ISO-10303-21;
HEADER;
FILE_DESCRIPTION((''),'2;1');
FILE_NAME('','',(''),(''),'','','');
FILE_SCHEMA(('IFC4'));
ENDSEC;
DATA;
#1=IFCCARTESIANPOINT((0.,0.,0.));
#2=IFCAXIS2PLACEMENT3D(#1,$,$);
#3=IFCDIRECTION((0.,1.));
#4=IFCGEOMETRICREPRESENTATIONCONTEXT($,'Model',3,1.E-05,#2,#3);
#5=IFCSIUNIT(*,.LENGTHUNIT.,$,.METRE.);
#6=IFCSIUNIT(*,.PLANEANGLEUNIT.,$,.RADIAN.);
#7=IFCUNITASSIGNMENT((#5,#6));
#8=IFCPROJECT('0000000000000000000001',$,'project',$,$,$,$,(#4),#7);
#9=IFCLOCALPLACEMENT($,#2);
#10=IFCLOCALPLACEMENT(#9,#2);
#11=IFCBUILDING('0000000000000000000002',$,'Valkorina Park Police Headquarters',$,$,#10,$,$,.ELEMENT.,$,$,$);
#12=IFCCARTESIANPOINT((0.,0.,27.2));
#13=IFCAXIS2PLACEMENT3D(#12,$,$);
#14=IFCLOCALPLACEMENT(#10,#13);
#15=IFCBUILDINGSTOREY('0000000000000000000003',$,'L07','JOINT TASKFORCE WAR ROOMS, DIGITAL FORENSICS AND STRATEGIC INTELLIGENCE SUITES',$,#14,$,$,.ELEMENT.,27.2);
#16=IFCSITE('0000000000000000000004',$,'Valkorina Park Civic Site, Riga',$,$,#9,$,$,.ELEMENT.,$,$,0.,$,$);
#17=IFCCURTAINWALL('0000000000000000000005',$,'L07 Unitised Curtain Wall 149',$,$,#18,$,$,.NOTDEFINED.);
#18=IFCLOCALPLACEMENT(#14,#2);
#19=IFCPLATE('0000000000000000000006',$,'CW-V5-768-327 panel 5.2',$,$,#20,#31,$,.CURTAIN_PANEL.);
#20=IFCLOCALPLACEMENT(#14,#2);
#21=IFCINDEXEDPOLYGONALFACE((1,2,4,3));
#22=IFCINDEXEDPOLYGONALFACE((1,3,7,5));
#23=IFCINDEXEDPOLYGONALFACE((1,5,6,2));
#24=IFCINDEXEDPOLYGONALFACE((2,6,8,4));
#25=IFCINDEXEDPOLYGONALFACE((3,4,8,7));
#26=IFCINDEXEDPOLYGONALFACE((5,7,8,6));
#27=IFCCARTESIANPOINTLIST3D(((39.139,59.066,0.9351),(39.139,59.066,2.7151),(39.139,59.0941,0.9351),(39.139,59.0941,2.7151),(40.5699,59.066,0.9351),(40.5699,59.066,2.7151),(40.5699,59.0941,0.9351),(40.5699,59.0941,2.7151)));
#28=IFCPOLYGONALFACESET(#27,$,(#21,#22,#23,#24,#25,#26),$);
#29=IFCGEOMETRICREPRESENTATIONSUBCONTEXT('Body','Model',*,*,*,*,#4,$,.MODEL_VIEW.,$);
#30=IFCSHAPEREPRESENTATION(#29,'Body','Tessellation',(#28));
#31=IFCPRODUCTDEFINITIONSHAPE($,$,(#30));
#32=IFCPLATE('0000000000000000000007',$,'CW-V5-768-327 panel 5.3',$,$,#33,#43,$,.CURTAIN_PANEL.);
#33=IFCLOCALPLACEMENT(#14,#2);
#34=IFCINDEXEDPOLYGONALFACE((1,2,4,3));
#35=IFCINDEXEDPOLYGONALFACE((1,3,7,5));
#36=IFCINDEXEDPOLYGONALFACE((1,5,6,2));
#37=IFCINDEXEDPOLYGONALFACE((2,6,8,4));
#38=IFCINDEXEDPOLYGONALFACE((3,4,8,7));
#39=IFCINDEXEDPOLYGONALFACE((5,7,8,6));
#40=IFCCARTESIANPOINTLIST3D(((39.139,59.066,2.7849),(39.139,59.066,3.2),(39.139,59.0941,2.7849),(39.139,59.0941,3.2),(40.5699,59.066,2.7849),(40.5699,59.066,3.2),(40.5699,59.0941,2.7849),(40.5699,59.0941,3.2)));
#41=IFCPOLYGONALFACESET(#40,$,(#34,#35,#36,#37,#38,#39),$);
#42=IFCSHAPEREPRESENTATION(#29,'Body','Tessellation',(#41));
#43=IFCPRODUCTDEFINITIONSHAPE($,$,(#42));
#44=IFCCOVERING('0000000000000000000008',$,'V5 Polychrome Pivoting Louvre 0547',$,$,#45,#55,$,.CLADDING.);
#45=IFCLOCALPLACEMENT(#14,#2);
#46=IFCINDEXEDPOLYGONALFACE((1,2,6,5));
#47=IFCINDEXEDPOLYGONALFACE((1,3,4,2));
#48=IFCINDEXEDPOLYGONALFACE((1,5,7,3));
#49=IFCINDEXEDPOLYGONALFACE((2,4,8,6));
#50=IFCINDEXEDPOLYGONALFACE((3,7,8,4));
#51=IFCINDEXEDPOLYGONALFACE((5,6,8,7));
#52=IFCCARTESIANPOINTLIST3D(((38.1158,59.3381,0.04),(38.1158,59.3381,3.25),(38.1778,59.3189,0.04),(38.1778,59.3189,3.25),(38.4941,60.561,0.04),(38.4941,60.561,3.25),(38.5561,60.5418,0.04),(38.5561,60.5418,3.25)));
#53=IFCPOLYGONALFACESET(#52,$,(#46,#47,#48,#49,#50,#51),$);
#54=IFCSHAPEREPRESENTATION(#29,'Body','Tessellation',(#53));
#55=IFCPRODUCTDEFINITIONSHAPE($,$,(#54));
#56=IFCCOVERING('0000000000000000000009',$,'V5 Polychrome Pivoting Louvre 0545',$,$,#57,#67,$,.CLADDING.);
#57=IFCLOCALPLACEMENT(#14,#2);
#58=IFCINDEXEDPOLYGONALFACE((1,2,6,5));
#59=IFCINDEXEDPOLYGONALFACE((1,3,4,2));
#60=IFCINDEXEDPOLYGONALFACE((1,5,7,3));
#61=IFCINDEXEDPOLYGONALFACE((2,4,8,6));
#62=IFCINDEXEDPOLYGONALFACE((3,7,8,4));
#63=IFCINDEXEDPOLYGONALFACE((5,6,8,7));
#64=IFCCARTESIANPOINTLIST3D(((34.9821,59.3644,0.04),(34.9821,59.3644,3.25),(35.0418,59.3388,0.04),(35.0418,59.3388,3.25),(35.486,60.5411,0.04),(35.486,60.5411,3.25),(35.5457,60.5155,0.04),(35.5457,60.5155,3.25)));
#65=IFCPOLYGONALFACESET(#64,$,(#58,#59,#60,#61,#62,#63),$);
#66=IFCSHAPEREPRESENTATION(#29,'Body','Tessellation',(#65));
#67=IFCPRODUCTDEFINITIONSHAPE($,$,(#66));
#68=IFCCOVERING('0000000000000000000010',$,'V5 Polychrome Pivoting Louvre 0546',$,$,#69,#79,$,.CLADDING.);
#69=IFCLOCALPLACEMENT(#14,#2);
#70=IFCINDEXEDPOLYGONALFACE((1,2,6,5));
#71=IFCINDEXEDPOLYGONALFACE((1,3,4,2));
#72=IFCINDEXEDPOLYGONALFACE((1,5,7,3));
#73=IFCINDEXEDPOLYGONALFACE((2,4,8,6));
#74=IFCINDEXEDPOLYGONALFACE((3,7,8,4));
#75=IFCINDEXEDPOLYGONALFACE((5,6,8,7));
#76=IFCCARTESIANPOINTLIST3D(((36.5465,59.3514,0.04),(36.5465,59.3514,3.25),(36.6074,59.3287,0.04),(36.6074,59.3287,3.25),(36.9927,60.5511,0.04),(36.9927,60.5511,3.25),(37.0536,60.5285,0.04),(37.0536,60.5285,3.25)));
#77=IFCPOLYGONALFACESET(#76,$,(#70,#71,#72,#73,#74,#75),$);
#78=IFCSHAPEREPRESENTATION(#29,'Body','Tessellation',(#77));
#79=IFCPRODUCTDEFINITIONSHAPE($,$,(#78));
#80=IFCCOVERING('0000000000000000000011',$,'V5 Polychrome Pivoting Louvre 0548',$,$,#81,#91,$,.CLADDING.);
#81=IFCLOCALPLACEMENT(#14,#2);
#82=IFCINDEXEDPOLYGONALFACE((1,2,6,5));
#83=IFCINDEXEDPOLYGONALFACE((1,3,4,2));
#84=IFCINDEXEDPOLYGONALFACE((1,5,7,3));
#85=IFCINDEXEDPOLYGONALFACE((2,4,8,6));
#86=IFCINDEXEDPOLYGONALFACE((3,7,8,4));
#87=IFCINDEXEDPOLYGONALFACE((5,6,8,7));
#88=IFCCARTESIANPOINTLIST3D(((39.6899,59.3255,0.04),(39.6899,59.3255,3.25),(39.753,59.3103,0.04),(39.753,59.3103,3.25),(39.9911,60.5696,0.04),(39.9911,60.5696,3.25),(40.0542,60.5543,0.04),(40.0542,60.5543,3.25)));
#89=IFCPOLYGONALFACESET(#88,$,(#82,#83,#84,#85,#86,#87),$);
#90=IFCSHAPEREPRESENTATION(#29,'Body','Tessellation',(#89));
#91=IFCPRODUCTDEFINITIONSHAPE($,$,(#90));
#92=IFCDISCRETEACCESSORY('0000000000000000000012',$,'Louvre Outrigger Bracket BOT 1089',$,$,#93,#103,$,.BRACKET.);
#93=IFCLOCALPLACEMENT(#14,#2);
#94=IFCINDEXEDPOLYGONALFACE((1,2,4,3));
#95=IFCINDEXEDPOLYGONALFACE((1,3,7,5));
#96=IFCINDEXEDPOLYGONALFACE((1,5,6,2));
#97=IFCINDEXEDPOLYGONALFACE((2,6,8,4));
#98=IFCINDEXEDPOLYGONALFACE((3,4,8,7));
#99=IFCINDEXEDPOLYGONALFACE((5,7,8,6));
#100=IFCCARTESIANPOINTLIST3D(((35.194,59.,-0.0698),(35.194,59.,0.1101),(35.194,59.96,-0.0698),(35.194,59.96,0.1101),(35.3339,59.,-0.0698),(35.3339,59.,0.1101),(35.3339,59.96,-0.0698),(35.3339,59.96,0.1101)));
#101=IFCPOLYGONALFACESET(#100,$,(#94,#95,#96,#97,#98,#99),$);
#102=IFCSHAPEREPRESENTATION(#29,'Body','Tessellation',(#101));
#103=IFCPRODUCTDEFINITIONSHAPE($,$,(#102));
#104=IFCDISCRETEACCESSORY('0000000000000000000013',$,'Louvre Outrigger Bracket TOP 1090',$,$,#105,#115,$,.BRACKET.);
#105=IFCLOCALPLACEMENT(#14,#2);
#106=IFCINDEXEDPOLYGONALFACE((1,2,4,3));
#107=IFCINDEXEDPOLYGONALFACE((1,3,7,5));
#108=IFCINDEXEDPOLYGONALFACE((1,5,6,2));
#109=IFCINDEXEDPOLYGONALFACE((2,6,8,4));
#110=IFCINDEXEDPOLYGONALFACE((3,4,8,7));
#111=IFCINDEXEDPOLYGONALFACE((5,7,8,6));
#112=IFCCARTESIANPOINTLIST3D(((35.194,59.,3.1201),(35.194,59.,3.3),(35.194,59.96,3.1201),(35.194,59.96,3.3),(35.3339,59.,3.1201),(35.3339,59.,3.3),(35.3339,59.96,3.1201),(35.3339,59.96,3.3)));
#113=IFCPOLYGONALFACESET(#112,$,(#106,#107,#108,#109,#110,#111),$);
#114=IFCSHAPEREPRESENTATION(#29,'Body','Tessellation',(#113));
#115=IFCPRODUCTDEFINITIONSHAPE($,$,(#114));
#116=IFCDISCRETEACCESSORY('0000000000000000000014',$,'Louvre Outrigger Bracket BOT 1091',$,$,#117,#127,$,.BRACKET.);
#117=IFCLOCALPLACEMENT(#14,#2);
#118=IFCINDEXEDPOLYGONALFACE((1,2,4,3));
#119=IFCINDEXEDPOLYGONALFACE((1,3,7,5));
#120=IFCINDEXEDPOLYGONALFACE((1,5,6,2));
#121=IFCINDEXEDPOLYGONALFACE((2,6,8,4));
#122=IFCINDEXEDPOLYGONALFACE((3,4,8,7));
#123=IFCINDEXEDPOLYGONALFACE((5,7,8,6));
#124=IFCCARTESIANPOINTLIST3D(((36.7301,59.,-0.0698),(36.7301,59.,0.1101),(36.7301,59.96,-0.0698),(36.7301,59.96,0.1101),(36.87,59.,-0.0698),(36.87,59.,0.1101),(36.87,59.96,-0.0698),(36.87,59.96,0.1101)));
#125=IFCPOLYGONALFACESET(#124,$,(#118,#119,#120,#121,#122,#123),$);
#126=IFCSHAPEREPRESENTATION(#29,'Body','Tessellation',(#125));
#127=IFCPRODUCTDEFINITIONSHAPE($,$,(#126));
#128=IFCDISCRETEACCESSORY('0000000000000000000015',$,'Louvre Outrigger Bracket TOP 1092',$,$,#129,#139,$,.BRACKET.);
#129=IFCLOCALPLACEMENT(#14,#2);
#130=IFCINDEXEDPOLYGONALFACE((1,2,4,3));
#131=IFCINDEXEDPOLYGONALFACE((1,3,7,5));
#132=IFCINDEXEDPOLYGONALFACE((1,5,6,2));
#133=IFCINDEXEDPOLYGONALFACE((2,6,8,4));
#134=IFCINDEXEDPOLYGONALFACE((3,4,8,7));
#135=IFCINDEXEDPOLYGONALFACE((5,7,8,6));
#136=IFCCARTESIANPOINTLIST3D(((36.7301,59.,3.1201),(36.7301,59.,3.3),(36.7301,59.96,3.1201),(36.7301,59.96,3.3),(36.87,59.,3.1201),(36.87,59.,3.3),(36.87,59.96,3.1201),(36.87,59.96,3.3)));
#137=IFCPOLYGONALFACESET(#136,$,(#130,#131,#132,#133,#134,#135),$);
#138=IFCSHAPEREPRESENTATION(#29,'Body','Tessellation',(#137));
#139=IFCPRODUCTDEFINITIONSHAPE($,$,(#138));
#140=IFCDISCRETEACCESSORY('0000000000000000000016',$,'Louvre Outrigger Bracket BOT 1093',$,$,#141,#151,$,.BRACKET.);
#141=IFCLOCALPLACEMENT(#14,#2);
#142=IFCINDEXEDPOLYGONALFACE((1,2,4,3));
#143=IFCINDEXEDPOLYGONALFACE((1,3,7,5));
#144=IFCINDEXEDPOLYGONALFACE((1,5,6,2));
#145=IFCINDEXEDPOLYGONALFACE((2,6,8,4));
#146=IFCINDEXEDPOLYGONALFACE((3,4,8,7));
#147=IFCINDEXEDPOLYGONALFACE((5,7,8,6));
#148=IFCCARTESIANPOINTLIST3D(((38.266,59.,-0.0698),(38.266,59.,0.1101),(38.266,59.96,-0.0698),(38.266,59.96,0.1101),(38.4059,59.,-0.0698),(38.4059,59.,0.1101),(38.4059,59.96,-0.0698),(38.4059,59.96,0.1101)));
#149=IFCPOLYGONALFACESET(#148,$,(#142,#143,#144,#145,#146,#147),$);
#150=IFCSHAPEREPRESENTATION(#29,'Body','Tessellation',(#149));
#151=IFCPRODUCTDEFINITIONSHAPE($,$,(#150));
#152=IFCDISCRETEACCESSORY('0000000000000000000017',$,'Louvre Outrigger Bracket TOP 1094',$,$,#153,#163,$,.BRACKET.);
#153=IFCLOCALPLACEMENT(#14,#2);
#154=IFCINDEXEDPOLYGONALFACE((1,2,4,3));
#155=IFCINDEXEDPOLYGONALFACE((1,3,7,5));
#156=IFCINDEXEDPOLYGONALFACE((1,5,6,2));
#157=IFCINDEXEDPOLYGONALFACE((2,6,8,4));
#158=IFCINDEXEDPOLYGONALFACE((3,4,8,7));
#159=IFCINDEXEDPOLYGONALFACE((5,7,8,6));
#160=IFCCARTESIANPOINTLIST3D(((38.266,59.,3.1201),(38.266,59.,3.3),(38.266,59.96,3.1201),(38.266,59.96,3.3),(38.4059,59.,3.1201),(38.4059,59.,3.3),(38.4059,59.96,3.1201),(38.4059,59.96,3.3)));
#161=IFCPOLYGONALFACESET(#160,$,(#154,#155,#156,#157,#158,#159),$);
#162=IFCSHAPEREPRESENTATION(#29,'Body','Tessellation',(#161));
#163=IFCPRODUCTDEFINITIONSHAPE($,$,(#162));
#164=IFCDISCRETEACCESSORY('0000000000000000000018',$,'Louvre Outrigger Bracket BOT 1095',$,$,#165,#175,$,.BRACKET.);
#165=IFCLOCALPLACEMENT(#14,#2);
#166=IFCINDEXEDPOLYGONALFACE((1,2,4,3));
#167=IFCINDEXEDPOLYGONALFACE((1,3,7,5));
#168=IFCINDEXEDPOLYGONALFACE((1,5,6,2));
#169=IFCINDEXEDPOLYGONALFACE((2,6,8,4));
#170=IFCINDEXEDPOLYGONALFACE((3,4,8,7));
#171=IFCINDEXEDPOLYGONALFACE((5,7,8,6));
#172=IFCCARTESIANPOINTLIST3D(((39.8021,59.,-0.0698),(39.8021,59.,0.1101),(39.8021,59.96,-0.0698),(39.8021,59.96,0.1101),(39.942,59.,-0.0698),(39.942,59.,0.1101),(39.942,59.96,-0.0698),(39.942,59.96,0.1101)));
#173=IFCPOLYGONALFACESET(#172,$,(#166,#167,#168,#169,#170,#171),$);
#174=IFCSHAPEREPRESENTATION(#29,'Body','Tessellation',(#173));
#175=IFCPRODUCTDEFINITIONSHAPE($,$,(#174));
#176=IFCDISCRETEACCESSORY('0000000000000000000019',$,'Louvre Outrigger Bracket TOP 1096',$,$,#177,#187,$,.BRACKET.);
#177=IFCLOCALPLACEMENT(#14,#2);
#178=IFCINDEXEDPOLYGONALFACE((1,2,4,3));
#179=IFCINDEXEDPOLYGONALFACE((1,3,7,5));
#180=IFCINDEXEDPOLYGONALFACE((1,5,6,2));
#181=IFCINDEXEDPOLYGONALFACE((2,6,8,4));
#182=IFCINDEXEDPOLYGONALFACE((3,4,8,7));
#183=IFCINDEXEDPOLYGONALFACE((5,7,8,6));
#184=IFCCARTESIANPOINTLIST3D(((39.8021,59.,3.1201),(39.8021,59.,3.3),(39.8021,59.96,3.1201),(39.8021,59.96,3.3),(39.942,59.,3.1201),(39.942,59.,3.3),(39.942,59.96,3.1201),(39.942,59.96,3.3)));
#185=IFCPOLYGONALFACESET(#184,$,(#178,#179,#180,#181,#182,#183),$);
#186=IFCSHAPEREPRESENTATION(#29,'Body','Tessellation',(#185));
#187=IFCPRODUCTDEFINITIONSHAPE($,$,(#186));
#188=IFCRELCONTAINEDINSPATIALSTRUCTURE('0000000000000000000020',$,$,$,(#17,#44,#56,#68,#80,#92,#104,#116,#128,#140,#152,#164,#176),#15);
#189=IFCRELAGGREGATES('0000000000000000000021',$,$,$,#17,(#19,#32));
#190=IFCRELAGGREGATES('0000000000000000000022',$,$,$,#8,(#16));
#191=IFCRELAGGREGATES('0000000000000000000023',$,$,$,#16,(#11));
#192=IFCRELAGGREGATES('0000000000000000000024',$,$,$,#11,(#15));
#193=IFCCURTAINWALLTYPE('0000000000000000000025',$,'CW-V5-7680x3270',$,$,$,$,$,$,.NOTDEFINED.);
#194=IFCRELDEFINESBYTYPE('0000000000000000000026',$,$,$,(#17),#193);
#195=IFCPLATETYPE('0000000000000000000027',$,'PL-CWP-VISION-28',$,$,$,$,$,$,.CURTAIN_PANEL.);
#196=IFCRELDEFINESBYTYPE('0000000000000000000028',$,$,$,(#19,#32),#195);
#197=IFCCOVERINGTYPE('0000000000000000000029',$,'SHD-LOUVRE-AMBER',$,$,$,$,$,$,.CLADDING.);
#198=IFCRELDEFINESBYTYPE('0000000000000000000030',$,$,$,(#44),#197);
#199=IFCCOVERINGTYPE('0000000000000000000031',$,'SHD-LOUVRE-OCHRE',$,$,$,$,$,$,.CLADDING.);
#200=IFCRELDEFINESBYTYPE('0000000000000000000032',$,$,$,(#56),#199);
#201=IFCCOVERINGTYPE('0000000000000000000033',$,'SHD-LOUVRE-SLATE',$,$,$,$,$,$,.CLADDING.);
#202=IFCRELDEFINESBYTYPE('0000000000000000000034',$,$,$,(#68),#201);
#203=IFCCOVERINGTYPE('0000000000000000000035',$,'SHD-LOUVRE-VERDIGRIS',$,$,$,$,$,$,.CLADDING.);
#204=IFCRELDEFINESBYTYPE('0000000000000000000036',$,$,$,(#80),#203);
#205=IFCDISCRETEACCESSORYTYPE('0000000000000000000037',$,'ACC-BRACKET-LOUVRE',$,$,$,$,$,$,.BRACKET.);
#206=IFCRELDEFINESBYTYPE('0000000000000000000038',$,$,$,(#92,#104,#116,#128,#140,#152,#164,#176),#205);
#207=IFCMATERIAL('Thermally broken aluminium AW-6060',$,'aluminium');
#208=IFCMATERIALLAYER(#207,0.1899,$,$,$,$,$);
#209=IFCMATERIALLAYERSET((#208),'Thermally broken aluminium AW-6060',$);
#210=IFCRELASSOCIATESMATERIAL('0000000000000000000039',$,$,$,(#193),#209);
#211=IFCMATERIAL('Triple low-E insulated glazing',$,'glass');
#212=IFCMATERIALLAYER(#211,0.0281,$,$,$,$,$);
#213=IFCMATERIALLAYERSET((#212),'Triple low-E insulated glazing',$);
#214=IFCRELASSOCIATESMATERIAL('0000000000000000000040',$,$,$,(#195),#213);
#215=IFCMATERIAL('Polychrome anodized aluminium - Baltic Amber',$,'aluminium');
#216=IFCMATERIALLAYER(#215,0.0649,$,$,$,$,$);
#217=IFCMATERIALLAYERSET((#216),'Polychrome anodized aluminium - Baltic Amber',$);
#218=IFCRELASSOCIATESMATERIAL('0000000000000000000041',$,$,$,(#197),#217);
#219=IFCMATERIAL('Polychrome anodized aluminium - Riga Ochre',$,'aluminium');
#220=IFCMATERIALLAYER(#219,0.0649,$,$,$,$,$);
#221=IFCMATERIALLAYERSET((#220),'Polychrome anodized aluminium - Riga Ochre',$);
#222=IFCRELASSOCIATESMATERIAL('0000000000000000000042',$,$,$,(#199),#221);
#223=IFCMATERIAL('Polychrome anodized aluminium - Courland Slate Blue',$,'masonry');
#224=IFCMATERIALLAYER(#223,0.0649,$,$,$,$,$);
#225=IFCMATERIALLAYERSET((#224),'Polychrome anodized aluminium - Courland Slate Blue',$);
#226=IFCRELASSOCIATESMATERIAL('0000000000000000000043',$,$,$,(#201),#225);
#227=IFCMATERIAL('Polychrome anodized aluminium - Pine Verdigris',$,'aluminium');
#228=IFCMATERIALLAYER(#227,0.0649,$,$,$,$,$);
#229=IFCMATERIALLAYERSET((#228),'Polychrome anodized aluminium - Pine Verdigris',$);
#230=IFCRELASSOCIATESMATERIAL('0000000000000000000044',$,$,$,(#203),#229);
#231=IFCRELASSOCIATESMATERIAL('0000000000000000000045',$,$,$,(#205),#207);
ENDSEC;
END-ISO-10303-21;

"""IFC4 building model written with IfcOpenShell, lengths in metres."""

from ifc_helpers import new_model, si_unit, direction, frame, origin, origin_2d, place, context, subcontext, project, spatial, rectangle, extrude, material, layer, layer_set, type_object, element, aggregate, save


model = new_model("IFC4")

# Units and contexts
model_context = context("Model", 3, precision=1e-05, world=origin(), true_north=direction((0.0, 1.0)))
body_context = subcontext(model_context, "Body", "Model", "MODEL_VIEW")
ifc_project = project(units=[si_unit("LENGTHUNIT", "METRE"), si_unit("PLANEANGLEUNIT", "RADIAN")], contexts=[model_context])

# Site, building, storey
site_placement = place(None, origin())
site = spatial("IfcSite", under=ifc_project, at=site_placement, Name="Valkorina Park Civic Site, Riga", CompositionType="ELEMENT", RefElevation=0.0)
building_placement = place(site_placement, origin())
building = spatial("IfcBuilding", under=site, at=building_placement, Name="Valkorina Park Police Headquarters", CompositionType="ELEMENT")
storey_placement = place(building_placement, frame((0.0, 0.0, 27.2)))
storey = spatial("IfcBuildingStorey", under=building, at=storey_placement, Name="L07", Description="JOINT TASKFORCE WAR ROOMS, DIGITAL FORENSICS AND STRATEGIC INTELLIGENCE SUITES", CompositionType="ELEMENT", Elevation=27.2)

# Curtain wall, plates
ifc_material_1 = material(Name="Thermally broken aluminium AW-6060", Category="aluminium")
ifc_layer_1 = layer(ifc_material_1, 0.1899)
ifc_layer_set_1 = layer_set([ifc_layer_1], Name="Thermally broken aluminium AW-6060")
curtain_wall_type = type_object("IfcCurtainWallType", Name="CW-V5-7680x3270", PredefinedType="NOTDEFINED", material=ifc_layer_set_1)
curtain_wall_placement = place(storey_placement, origin())
curtain_wall = element("IfcCurtainWall", 1, at=curtain_wall_placement, inside=storey, type_object=curtain_wall_type, Name="L07 Unitised Curtain Wall 149", PredefinedType="NOTDEFINED")
ifc_material_2 = material(Name="Triple low-E insulated glazing", Category="glass")
ifc_layer_2 = layer(ifc_material_2, 0.0281)
ifc_layer_set_2 = layer_set([ifc_layer_2], Name="Triple low-E insulated glazing")
plate_type_1 = type_object("IfcPlateType", Name="PL-CWP-VISION-28", PredefinedType="CURTAIN_PANEL", material=ifc_layer_set_2)
plate_1_placement = place(storey_placement, frame((39.8545, 59.0801, 0.9351), z_axis=(0.0, 0.0, 1.0), x_axis=(1.0, 0.0, 0.0)))
plate_1 = element("IfcPlate", 2, at=plate_1_placement, type_object=plate_type_1, Name="CW-V5-768-327 panel 5.2", PredefinedType="CURTAIN_PANEL", context=body_context, shape_type="SweptSolid", body=[
    extrude(rectangle(XDim=1.4309, YDim=0.0281, at=origin_2d()), origin(), (0.0, 0.0, 1.0), 1.78),
])
plate_2_placement = place(storey_placement, frame((39.8545, 59.0801, 2.7849), z_axis=(0.0, 0.0, 1.0), x_axis=(1.0, 0.0, 0.0)))
plate_2 = element("IfcPlate", 3, at=plate_2_placement, type_object=plate_type_1, Name="CW-V5-768-327 panel 5.3", PredefinedType="CURTAIN_PANEL", context=body_context, shape_type="SweptSolid", body=[
    extrude(rectangle(XDim=1.4309, YDim=0.0281, at=origin_2d()), origin(), (0.0, 0.0, 1.0), 0.415),
])
aggregate(curtain_wall, [plate_1, plate_2])

# Coverings
ifc_material_3 = material(Name="Polychrome anodized aluminium - Baltic Amber", Category="aluminium")
ifc_layer_3 = layer(ifc_material_3, 0.0649)
ifc_layer_set_3 = layer_set([ifc_layer_3], Name="Polychrome anodized aluminium - Baltic Amber")
covering_type_1 = type_object("IfcCoveringType", Name="SHD-LOUVRE-AMBER", PredefinedType="CLADDING", material=ifc_layer_set_3)
covering_1_placement = place(storey_placement, frame((38.3359, 59.9399, 0.04), z_axis=(0.0, 0.0, 1.0), x_axis=(0.295541, 0.95533, 0.0)))
element("IfcCovering", 4, at=covering_1_placement, inside=storey, type_object=covering_type_1, Name="V5 Polychrome Pivoting Louvre 0547", PredefinedType="CLADDING", context=body_context, shape_type="SweptSolid", body=[
    extrude(rectangle(XDim=1.28, YDim=0.0649, at=origin_2d()), origin(), (0.0, 0.0, 1.0), 3.21),
])
ifc_material_4 = material(Name="Polychrome anodized aluminium - Riga Ochre", Category="aluminium")
ifc_layer_4 = layer(ifc_material_4, 0.0649)
ifc_layer_set_4 = layer_set([ifc_layer_4], Name="Polychrome anodized aluminium - Riga Ochre")
covering_type_2 = type_object("IfcCoveringType", Name="SHD-LOUVRE-OCHRE", PredefinedType="CLADDING", material=ifc_layer_set_4)
covering_2_placement = place(storey_placement, frame((35.2639, 59.9399, 0.04), z_axis=(0.0, 0.0, 1.0), x_axis=(0.393621, 0.919273, 0.0)))
element("IfcCovering", 5, at=covering_2_placement, inside=storey, type_object=covering_type_2, Name="V5 Polychrome Pivoting Louvre 0545", PredefinedType="CLADDING", context=body_context, shape_type="SweptSolid", body=[
    extrude(rectangle(XDim=1.28, YDim=0.0649, at=origin_2d()), origin(), (0.0, 0.0, 1.0), 3.21),
])
ifc_material_5 = material(Name="Polychrome anodized aluminium - Courland Slate Blue", Category="masonry")
ifc_layer_5 = layer(ifc_material_5, 0.0649)
ifc_layer_set_5 = layer_set([ifc_layer_5], Name="Polychrome anodized aluminium - Courland Slate Blue")
covering_type_3 = type_object("IfcCoveringType", Name="SHD-LOUVRE-SLATE", PredefinedType="CLADDING", material=ifc_layer_set_5)
covering_3_placement = place(storey_placement, frame((36.8, 59.9399, 0.04), z_axis=(0.0, 0.0, 1.0), x_axis=(0.348572, 0.937282, 0.0)))
element("IfcCovering", 6, at=covering_3_placement, inside=storey, type_object=covering_type_3, Name="V5 Polychrome Pivoting Louvre 0546", PredefinedType="CLADDING", context=body_context, shape_type="SweptSolid", body=[
    extrude(rectangle(XDim=1.28, YDim=0.0649, at=origin_2d()), origin(), (0.0, 0.0, 1.0), 3.21),
])
ifc_material_6 = material(Name="Polychrome anodized aluminium - Pine Verdigris", Category="aluminium")
ifc_layer_6 = layer(ifc_material_6, 0.0649)
ifc_layer_set_6 = layer_set([ifc_layer_6], Name="Polychrome anodized aluminium - Pine Verdigris")
covering_type_4 = type_object("IfcCoveringType", Name="SHD-LOUVRE-VERDIGRIS", PredefinedType="CLADDING", material=ifc_layer_set_6)
covering_4_placement = place(storey_placement, frame((39.8721, 59.9399, 0.04), z_axis=(0.0, 0.0, 1.0), x_axis=(0.235312, 0.97192, 0.0)))
element("IfcCovering", 7, at=covering_4_placement, inside=storey, type_object=covering_type_4, Name="V5 Polychrome Pivoting Louvre 0548", PredefinedType="CLADDING", context=body_context, shape_type="SweptSolid", body=[
    extrude(rectangle(XDim=1.28, YDim=0.0649, at=origin_2d()), origin(), (0.0, 0.0, 1.0), 3.21),
])

# Discrete accessories
discrete_accessory_type = type_object("IfcDiscreteAccessoryType", Name="ACC-BRACKET-LOUVRE", PredefinedType="BRACKET", material=ifc_material_1)
for number, where, z_axis, x_axis, name in (
    (8, (35.2639, 59.48, -0.0698), (0.0, 0.0, 1.0), (0.0, 1.0, 0.0), "Louvre Outrigger Bracket BOT 1089"),
    (9, (35.2639, 59.48, 3.1201), (0.0, 0.0, 1.0), (0.0, 1.0, 0.0), "Louvre Outrigger Bracket TOP 1090"),
    (10, (36.8, 59.48, -0.0698), (0.0, 0.0, 1.0), (0.0, 1.0, 0.0), "Louvre Outrigger Bracket BOT 1091"),
    (11, (36.8, 59.48, 3.1201), (0.0, 0.0, 1.0), (0.0, 1.0, 0.0), "Louvre Outrigger Bracket TOP 1092"),
    (12, (38.3359, 59.48, -0.0698), (0.0, 0.0, 1.0), (0.0, 1.0, 0.0), "Louvre Outrigger Bracket BOT 1093"),
    (13, (38.3359, 59.48, 3.1201), (0.0, 0.0, 1.0), (0.0, 1.0, 0.0), "Louvre Outrigger Bracket TOP 1094"),
    (14, (39.8721, 59.48, -0.0698), (0.0, 0.0, 1.0), (0.0, 1.0, 0.0), "Louvre Outrigger Bracket BOT 1095"),
    (15, (39.8721, 59.48, 3.1201), (0.0, 0.0, 1.0), (0.0, 1.0, 0.0), "Louvre Outrigger Bracket TOP 1096"),
):
    element("IfcDiscreteAccessory", number, at=place(storey_placement, frame(where, z_axis=z_axis, x_axis=x_axis)), inside=storey, type_object=discrete_accessory_type, Name=name, PredefinedType="BRACKET", context=body_context, shape_type="SweptSolid", body=[
        extrude(rectangle(XDim=0.96, YDim=0.1399, at=origin_2d()), origin(), (0.0, 0.0, 1.0), 0.1799),
    ])

save(model, "model.ifc")
